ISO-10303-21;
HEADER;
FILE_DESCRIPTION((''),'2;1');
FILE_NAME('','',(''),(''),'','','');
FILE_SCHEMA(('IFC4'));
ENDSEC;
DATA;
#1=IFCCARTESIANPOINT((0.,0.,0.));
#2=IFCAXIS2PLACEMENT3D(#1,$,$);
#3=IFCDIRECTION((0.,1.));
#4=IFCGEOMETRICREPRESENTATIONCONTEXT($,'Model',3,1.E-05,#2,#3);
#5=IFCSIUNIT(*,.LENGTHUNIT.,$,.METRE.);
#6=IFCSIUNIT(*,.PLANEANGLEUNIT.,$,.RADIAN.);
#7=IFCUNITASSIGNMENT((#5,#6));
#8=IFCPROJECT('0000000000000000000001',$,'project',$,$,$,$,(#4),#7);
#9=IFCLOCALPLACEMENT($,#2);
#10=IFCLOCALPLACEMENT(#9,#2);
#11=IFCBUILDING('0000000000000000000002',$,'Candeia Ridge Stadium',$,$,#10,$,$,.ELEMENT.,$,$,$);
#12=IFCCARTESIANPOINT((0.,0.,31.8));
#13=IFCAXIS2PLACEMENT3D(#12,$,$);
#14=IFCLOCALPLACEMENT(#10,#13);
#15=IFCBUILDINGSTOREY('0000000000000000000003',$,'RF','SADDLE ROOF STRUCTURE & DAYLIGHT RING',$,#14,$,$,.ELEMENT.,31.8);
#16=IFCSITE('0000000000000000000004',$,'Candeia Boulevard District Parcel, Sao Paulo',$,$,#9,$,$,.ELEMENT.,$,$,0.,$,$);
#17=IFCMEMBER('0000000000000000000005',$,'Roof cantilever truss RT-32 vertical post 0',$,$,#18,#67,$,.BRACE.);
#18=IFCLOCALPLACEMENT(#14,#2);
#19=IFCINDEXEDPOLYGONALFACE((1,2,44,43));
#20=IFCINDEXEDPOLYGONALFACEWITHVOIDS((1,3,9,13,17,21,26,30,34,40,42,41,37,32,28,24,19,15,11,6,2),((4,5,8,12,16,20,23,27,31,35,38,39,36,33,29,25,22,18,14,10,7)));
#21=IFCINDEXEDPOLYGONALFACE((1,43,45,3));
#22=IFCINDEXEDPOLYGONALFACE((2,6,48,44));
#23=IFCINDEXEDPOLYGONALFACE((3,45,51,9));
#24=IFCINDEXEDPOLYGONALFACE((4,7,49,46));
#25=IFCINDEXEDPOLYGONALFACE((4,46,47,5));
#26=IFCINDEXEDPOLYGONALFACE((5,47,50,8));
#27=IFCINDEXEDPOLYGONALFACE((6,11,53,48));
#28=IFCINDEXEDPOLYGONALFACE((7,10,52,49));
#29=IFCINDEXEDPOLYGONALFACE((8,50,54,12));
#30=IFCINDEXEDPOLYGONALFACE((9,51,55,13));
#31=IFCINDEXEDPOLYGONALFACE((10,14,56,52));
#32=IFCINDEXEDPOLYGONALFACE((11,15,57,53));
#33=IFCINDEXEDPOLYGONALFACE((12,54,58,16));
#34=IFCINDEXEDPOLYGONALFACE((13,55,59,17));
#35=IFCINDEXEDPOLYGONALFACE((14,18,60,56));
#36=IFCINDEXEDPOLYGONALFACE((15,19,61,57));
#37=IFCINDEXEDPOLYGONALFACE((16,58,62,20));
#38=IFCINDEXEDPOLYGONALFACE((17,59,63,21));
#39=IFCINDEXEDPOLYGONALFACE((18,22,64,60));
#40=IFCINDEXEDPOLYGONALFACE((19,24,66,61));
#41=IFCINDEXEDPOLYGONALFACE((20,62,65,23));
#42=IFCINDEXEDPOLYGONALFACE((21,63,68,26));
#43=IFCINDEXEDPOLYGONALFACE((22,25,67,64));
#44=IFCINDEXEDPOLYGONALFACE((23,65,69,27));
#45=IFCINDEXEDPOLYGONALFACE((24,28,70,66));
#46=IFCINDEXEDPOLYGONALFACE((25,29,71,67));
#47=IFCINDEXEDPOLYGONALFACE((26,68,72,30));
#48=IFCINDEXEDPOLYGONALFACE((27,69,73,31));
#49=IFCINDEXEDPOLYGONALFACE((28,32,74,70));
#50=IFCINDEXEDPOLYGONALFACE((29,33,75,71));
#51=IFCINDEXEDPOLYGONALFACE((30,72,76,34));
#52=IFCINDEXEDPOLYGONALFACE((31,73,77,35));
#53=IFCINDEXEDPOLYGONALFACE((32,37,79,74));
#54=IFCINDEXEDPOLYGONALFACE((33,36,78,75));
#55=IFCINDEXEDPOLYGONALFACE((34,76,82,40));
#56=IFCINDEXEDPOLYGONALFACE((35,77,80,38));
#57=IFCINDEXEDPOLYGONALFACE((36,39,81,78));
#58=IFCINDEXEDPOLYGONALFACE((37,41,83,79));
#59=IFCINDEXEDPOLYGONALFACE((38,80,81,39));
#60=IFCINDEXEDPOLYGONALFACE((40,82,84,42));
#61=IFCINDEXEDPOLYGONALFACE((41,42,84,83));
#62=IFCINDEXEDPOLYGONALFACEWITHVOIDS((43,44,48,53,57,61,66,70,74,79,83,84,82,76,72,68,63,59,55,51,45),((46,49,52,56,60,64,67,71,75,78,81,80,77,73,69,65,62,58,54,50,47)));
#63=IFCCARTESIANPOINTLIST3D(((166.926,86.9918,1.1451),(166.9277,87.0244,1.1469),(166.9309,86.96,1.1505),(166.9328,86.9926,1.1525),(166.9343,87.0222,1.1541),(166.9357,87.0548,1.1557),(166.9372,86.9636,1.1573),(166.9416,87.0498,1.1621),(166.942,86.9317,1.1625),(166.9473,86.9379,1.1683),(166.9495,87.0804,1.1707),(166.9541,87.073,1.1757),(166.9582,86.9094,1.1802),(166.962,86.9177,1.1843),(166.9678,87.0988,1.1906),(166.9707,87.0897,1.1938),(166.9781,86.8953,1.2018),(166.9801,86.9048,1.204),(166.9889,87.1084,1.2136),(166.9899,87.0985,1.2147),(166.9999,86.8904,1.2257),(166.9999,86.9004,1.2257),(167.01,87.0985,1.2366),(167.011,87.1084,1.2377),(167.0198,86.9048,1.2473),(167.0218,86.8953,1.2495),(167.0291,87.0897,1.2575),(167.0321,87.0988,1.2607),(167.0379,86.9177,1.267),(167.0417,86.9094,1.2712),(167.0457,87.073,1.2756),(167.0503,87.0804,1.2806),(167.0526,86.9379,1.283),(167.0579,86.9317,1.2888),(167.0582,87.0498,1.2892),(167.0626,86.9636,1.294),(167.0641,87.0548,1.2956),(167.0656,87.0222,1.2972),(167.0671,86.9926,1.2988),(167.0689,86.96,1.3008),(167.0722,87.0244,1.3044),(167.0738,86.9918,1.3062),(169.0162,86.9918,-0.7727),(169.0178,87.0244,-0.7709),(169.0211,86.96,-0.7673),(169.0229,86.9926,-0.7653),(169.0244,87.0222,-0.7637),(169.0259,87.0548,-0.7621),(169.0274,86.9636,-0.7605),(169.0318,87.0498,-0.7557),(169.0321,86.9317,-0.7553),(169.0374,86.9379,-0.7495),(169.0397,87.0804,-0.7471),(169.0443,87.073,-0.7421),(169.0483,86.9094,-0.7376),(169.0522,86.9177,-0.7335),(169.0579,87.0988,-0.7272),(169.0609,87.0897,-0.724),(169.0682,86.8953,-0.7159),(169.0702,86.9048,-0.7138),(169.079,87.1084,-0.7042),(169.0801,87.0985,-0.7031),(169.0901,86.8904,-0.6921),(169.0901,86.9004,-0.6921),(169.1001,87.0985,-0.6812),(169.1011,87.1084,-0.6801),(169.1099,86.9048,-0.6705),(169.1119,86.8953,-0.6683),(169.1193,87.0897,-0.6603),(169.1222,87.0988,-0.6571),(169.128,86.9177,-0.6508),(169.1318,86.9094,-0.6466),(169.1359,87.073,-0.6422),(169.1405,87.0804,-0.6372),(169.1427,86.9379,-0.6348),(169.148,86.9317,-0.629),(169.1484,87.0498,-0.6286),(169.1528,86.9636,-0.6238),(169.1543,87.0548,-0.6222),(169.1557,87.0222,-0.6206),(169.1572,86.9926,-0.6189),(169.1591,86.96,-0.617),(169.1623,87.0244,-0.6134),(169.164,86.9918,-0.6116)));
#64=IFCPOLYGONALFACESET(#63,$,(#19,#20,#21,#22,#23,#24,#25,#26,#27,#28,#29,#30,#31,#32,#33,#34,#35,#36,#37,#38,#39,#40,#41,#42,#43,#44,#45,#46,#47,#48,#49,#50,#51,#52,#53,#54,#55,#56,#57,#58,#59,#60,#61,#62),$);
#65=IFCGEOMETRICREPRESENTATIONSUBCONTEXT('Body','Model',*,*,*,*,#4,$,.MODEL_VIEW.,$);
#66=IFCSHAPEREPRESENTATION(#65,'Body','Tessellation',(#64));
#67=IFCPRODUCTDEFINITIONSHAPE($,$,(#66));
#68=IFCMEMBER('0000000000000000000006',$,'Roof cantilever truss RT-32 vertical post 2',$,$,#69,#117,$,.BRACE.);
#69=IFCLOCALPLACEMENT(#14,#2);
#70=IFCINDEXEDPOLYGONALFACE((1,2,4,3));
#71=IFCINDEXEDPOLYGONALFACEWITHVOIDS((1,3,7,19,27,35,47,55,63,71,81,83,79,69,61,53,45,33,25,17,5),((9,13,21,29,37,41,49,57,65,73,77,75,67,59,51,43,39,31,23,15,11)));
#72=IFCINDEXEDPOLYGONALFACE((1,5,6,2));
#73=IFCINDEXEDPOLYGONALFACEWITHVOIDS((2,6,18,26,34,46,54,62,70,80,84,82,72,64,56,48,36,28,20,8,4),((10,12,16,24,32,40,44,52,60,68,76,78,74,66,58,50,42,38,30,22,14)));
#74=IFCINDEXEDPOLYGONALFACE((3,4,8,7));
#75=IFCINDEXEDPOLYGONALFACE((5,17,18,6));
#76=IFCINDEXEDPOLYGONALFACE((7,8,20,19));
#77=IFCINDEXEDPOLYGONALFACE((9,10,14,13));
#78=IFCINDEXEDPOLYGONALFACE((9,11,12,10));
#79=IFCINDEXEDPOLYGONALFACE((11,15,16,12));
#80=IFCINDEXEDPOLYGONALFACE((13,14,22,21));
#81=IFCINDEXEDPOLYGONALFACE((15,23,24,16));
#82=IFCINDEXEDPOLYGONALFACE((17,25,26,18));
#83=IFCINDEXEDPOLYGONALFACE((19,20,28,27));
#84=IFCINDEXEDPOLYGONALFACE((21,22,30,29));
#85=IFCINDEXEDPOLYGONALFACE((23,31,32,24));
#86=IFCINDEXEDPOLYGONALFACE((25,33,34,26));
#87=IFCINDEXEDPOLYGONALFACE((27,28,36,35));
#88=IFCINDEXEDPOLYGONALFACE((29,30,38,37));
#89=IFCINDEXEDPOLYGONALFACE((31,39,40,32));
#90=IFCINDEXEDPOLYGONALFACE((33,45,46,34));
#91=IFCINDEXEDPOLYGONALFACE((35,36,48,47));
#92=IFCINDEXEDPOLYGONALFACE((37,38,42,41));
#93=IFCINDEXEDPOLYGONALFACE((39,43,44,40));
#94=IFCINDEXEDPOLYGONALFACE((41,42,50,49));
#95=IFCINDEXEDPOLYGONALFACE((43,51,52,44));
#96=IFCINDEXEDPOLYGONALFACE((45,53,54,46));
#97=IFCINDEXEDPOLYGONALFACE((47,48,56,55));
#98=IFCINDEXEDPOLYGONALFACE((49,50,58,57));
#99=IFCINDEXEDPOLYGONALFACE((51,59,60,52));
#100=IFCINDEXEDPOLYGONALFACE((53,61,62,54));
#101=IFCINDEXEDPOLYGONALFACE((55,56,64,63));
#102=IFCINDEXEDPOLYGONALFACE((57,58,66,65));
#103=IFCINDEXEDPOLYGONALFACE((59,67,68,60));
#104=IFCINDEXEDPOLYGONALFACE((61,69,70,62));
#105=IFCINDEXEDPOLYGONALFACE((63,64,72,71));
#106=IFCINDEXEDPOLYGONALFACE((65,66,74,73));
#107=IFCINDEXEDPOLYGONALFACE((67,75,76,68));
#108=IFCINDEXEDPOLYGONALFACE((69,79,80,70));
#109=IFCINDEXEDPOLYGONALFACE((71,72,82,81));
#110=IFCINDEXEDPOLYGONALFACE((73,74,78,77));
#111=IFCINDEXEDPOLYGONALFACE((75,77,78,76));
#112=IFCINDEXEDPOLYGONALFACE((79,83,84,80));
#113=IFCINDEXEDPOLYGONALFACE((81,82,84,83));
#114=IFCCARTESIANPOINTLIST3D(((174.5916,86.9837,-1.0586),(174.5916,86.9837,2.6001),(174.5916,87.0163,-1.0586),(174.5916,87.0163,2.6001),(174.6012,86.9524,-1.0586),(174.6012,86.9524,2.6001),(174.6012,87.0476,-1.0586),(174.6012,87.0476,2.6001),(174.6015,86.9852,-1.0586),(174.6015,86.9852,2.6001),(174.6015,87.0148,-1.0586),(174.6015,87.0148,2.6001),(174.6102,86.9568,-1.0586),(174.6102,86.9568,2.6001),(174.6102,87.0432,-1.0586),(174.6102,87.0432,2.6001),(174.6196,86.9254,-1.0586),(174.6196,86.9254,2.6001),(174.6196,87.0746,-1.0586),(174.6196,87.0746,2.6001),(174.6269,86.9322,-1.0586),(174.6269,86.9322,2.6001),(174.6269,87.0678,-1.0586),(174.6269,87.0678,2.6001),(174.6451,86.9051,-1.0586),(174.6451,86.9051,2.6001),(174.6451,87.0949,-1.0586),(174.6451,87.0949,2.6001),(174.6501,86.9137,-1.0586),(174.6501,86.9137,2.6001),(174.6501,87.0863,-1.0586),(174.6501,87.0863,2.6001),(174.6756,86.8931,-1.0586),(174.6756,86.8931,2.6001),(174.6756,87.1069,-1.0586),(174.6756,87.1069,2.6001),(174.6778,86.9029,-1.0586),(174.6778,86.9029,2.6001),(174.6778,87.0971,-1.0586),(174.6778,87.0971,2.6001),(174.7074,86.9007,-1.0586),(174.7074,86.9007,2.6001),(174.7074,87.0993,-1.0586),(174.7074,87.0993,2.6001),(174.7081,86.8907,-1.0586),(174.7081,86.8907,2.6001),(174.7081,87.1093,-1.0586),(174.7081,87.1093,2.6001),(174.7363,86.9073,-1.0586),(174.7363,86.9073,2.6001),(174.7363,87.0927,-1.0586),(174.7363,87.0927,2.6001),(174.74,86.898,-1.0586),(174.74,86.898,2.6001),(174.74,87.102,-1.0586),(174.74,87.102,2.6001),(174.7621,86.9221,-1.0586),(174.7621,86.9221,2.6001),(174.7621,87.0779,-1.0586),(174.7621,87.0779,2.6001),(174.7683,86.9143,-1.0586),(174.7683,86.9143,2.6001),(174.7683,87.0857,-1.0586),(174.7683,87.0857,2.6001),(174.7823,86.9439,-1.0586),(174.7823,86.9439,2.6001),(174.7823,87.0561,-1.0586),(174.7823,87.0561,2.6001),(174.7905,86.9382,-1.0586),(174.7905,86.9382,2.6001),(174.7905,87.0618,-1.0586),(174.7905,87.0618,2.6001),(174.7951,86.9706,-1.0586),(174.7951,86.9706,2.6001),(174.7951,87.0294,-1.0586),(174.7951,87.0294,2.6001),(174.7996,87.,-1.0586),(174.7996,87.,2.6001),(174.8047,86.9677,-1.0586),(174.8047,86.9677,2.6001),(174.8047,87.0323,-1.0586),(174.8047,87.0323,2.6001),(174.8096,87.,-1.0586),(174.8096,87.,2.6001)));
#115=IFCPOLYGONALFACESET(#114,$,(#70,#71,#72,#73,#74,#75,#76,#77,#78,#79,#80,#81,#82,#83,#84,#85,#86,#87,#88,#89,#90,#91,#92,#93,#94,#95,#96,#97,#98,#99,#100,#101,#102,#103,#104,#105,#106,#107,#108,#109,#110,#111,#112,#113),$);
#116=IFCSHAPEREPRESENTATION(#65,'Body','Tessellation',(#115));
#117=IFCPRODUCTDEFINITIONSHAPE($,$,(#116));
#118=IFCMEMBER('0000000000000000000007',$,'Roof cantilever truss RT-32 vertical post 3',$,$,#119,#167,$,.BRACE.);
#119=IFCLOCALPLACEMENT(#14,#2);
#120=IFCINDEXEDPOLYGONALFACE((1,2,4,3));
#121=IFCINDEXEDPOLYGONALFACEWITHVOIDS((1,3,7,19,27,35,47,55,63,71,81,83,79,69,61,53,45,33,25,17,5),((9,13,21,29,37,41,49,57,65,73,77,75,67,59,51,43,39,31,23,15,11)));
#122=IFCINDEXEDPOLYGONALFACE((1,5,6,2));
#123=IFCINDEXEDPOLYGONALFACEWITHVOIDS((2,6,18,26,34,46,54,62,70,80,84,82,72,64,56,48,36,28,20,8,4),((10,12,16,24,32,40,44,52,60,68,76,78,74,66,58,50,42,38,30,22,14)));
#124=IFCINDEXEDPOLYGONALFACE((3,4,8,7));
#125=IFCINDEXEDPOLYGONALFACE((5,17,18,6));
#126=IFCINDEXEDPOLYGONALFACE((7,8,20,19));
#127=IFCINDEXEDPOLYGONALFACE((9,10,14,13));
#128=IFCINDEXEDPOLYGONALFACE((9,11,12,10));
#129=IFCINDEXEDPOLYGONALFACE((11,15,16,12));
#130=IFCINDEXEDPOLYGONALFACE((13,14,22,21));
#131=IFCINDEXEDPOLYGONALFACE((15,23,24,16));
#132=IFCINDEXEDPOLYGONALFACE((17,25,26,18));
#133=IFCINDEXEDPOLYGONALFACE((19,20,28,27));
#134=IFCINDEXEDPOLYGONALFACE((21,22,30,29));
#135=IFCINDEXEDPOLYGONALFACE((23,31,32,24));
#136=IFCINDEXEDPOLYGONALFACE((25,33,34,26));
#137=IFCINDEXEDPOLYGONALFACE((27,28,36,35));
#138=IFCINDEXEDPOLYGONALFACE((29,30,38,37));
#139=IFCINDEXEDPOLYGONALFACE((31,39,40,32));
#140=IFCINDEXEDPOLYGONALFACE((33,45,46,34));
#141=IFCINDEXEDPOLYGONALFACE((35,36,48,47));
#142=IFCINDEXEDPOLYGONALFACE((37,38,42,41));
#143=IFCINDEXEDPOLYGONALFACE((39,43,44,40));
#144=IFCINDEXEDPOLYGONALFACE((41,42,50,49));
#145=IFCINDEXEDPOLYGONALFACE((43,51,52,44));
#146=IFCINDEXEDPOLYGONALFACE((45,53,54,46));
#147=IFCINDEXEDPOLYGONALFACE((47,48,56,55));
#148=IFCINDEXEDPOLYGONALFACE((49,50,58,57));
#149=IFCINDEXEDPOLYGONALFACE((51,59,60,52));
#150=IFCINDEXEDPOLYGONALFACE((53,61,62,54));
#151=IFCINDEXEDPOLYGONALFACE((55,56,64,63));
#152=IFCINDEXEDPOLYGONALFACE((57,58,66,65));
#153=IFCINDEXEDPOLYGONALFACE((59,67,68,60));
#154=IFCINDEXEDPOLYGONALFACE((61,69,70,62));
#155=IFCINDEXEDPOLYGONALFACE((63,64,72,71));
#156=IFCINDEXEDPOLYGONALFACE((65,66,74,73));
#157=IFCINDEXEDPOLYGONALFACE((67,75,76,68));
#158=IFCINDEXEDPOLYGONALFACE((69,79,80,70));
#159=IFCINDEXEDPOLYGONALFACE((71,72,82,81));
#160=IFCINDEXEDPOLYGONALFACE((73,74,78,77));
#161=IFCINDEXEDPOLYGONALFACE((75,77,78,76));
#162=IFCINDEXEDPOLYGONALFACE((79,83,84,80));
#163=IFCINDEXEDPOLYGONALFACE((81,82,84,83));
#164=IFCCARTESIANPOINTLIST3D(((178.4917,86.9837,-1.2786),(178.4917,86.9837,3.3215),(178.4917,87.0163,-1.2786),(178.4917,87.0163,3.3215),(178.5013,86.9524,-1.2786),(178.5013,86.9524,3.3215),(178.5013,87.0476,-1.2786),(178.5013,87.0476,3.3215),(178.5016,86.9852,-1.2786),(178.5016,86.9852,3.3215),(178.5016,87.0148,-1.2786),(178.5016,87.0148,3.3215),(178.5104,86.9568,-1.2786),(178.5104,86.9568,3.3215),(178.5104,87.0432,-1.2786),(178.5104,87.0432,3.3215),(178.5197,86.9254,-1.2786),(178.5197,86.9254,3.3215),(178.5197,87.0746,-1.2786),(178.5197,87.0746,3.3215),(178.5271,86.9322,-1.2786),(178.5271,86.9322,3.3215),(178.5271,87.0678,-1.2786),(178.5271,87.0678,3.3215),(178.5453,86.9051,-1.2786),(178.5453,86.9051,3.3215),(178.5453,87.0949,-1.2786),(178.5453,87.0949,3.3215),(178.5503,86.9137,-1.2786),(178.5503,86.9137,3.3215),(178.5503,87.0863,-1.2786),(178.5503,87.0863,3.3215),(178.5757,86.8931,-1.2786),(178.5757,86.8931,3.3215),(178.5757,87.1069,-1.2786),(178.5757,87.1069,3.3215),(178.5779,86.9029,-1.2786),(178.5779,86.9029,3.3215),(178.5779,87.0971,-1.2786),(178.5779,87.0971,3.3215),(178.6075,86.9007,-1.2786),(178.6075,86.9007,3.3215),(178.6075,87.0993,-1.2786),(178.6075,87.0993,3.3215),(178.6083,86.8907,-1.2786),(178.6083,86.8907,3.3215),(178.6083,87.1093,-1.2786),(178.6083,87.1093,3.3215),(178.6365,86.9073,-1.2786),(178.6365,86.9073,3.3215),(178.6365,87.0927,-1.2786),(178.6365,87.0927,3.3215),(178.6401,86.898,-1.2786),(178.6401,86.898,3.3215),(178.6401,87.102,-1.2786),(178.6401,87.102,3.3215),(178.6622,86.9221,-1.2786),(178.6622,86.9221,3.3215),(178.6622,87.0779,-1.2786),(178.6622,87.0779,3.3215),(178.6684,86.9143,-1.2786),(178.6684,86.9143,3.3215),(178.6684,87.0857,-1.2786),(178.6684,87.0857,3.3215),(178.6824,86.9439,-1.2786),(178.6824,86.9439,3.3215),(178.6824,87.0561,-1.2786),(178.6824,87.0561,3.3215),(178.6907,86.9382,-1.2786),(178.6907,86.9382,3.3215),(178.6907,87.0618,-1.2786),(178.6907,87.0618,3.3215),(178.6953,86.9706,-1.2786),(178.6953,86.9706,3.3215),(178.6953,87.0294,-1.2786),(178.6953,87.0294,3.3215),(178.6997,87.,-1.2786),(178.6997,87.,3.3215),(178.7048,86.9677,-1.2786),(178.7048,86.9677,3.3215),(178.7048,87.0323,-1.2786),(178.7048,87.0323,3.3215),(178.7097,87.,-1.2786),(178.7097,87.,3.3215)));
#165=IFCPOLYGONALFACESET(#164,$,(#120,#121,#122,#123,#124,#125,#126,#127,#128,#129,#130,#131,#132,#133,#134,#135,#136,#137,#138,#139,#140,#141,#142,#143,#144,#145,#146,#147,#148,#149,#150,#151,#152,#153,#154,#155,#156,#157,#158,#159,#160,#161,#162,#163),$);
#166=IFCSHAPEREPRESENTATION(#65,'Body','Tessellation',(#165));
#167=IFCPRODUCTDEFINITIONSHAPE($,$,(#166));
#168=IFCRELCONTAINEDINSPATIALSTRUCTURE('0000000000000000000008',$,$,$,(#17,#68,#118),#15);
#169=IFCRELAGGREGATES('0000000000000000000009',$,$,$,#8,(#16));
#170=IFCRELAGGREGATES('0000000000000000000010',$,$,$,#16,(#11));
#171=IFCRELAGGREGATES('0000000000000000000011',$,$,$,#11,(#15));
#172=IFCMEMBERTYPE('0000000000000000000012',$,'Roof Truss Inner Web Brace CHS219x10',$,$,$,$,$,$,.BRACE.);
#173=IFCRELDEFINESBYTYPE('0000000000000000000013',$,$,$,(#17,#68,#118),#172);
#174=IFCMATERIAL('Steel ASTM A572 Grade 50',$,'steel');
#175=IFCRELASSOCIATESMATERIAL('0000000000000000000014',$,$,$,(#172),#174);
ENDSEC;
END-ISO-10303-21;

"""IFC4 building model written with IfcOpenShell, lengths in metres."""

from ifc_helpers import new_model, si_unit, direction, frame, origin, origin_2d, place, context, subcontext, project, spatial, hollow_circle, extrude, material, material_profile, profile_set, type_object, element, save


model = new_model("IFC4")

# Units and contexts
model_context = context("Model", 3, precision=1e-05, world=origin(), true_north=direction((0.0, 1.0)))
body_context = subcontext(model_context, "Body", "Model", "MODEL_VIEW")
ifc_project = project(units=[si_unit("LENGTHUNIT", "METRE"), si_unit("PLANEANGLEUNIT", "RADIAN")], contexts=[model_context])

# Site, building, storey
site_placement = place(None, origin())
site = spatial("IfcSite", under=ifc_project, at=site_placement, Name="Candeia Boulevard District Parcel, Sao Paulo", CompositionType="ELEMENT", RefElevation=0.0)
building_placement = place(site_placement, origin())
building = spatial("IfcBuilding", under=site, at=building_placement, Name="Candeia Ridge Stadium", CompositionType="ELEMENT")
storey_placement = place(building_placement, frame((0.0, 0.0, 31.8)))
storey = spatial("IfcBuildingStorey", under=building, at=storey_placement, Name="RF", Description="SADDLE ROOF STRUCTURE & DAYLIGHT RING", CompositionType="ELEMENT", Elevation=31.8)

# Shared definitions
ifc_material_1 = material(Name="Steel ASTM A572 Grade 50", Category="steel")

# Members
ifc_material_profile_1 = material_profile(ifc_material_1, hollow_circle(Radius=0.1096, WallThickness=0.01, at=origin_2d()), Name="CHS219x10", Category="steel")
ifc_profile_set_1 = profile_set([ifc_material_profile_1], Name="Steel ASTM A572 Grade 50")
member_type_1 = type_object("IfcMemberType", Name="Roof Truss Inner Web Brace CHS219x10", PredefinedType="BRACE", material=ifc_profile_set_1)
member_1_placement = place(storey_placement, frame((169.0901, 87.0, -0.6921), z_axis=(-0.736836, 0.0, 0.676071), x_axis=(0.0, -1.0, 0.0)))
element("IfcMember", 1, at=member_1_placement, inside=storey, type_object=member_type_1, Name="Roof cantilever truss RT-32 vertical post 0", PredefinedType="BRACE", context=body_context, shape_type="SweptSolid", body=[
    extrude(hollow_circle(Radius=0.1096, WallThickness=0.01, at=origin_2d()), origin(), (0.0, 0.0, 1.0), 2.8367),
])
member_2_placement = place(storey_placement, frame((174.7, 87.0, -1.0586), z_axis=(0.0, 0.0, 1.0), x_axis=(1.0, 0.0, 0.0)))
element("IfcMember", 2, at=member_2_placement, inside=storey, type_object=member_type_1, Name="Roof cantilever truss RT-32 vertical post 2", PredefinedType="BRACE", context=body_context, shape_type="SweptSolid", body=[
    extrude(hollow_circle(Radius=0.1096, WallThickness=0.01, at=origin_2d()), origin(), (0.0, 0.0, 1.0), 3.6587),
])
member_3_placement = place(storey_placement, frame((178.6001, 87.0, -1.2786), z_axis=(0.0, 0.0, 1.0), x_axis=(1.0, 0.0, 0.0)))
element("IfcMember", 3, at=member_3_placement, inside=storey, type_object=member_type_1, Name="Roof cantilever truss RT-32 vertical post 3", PredefinedType="BRACE", context=body_context, shape_type="SweptSolid", body=[
    extrude(hollow_circle(Radius=0.1096, WallThickness=0.01, at=origin_2d()), origin(), (0.0, 0.0, 1.0), 4.6001),
])

save(model, "model.ifc")
